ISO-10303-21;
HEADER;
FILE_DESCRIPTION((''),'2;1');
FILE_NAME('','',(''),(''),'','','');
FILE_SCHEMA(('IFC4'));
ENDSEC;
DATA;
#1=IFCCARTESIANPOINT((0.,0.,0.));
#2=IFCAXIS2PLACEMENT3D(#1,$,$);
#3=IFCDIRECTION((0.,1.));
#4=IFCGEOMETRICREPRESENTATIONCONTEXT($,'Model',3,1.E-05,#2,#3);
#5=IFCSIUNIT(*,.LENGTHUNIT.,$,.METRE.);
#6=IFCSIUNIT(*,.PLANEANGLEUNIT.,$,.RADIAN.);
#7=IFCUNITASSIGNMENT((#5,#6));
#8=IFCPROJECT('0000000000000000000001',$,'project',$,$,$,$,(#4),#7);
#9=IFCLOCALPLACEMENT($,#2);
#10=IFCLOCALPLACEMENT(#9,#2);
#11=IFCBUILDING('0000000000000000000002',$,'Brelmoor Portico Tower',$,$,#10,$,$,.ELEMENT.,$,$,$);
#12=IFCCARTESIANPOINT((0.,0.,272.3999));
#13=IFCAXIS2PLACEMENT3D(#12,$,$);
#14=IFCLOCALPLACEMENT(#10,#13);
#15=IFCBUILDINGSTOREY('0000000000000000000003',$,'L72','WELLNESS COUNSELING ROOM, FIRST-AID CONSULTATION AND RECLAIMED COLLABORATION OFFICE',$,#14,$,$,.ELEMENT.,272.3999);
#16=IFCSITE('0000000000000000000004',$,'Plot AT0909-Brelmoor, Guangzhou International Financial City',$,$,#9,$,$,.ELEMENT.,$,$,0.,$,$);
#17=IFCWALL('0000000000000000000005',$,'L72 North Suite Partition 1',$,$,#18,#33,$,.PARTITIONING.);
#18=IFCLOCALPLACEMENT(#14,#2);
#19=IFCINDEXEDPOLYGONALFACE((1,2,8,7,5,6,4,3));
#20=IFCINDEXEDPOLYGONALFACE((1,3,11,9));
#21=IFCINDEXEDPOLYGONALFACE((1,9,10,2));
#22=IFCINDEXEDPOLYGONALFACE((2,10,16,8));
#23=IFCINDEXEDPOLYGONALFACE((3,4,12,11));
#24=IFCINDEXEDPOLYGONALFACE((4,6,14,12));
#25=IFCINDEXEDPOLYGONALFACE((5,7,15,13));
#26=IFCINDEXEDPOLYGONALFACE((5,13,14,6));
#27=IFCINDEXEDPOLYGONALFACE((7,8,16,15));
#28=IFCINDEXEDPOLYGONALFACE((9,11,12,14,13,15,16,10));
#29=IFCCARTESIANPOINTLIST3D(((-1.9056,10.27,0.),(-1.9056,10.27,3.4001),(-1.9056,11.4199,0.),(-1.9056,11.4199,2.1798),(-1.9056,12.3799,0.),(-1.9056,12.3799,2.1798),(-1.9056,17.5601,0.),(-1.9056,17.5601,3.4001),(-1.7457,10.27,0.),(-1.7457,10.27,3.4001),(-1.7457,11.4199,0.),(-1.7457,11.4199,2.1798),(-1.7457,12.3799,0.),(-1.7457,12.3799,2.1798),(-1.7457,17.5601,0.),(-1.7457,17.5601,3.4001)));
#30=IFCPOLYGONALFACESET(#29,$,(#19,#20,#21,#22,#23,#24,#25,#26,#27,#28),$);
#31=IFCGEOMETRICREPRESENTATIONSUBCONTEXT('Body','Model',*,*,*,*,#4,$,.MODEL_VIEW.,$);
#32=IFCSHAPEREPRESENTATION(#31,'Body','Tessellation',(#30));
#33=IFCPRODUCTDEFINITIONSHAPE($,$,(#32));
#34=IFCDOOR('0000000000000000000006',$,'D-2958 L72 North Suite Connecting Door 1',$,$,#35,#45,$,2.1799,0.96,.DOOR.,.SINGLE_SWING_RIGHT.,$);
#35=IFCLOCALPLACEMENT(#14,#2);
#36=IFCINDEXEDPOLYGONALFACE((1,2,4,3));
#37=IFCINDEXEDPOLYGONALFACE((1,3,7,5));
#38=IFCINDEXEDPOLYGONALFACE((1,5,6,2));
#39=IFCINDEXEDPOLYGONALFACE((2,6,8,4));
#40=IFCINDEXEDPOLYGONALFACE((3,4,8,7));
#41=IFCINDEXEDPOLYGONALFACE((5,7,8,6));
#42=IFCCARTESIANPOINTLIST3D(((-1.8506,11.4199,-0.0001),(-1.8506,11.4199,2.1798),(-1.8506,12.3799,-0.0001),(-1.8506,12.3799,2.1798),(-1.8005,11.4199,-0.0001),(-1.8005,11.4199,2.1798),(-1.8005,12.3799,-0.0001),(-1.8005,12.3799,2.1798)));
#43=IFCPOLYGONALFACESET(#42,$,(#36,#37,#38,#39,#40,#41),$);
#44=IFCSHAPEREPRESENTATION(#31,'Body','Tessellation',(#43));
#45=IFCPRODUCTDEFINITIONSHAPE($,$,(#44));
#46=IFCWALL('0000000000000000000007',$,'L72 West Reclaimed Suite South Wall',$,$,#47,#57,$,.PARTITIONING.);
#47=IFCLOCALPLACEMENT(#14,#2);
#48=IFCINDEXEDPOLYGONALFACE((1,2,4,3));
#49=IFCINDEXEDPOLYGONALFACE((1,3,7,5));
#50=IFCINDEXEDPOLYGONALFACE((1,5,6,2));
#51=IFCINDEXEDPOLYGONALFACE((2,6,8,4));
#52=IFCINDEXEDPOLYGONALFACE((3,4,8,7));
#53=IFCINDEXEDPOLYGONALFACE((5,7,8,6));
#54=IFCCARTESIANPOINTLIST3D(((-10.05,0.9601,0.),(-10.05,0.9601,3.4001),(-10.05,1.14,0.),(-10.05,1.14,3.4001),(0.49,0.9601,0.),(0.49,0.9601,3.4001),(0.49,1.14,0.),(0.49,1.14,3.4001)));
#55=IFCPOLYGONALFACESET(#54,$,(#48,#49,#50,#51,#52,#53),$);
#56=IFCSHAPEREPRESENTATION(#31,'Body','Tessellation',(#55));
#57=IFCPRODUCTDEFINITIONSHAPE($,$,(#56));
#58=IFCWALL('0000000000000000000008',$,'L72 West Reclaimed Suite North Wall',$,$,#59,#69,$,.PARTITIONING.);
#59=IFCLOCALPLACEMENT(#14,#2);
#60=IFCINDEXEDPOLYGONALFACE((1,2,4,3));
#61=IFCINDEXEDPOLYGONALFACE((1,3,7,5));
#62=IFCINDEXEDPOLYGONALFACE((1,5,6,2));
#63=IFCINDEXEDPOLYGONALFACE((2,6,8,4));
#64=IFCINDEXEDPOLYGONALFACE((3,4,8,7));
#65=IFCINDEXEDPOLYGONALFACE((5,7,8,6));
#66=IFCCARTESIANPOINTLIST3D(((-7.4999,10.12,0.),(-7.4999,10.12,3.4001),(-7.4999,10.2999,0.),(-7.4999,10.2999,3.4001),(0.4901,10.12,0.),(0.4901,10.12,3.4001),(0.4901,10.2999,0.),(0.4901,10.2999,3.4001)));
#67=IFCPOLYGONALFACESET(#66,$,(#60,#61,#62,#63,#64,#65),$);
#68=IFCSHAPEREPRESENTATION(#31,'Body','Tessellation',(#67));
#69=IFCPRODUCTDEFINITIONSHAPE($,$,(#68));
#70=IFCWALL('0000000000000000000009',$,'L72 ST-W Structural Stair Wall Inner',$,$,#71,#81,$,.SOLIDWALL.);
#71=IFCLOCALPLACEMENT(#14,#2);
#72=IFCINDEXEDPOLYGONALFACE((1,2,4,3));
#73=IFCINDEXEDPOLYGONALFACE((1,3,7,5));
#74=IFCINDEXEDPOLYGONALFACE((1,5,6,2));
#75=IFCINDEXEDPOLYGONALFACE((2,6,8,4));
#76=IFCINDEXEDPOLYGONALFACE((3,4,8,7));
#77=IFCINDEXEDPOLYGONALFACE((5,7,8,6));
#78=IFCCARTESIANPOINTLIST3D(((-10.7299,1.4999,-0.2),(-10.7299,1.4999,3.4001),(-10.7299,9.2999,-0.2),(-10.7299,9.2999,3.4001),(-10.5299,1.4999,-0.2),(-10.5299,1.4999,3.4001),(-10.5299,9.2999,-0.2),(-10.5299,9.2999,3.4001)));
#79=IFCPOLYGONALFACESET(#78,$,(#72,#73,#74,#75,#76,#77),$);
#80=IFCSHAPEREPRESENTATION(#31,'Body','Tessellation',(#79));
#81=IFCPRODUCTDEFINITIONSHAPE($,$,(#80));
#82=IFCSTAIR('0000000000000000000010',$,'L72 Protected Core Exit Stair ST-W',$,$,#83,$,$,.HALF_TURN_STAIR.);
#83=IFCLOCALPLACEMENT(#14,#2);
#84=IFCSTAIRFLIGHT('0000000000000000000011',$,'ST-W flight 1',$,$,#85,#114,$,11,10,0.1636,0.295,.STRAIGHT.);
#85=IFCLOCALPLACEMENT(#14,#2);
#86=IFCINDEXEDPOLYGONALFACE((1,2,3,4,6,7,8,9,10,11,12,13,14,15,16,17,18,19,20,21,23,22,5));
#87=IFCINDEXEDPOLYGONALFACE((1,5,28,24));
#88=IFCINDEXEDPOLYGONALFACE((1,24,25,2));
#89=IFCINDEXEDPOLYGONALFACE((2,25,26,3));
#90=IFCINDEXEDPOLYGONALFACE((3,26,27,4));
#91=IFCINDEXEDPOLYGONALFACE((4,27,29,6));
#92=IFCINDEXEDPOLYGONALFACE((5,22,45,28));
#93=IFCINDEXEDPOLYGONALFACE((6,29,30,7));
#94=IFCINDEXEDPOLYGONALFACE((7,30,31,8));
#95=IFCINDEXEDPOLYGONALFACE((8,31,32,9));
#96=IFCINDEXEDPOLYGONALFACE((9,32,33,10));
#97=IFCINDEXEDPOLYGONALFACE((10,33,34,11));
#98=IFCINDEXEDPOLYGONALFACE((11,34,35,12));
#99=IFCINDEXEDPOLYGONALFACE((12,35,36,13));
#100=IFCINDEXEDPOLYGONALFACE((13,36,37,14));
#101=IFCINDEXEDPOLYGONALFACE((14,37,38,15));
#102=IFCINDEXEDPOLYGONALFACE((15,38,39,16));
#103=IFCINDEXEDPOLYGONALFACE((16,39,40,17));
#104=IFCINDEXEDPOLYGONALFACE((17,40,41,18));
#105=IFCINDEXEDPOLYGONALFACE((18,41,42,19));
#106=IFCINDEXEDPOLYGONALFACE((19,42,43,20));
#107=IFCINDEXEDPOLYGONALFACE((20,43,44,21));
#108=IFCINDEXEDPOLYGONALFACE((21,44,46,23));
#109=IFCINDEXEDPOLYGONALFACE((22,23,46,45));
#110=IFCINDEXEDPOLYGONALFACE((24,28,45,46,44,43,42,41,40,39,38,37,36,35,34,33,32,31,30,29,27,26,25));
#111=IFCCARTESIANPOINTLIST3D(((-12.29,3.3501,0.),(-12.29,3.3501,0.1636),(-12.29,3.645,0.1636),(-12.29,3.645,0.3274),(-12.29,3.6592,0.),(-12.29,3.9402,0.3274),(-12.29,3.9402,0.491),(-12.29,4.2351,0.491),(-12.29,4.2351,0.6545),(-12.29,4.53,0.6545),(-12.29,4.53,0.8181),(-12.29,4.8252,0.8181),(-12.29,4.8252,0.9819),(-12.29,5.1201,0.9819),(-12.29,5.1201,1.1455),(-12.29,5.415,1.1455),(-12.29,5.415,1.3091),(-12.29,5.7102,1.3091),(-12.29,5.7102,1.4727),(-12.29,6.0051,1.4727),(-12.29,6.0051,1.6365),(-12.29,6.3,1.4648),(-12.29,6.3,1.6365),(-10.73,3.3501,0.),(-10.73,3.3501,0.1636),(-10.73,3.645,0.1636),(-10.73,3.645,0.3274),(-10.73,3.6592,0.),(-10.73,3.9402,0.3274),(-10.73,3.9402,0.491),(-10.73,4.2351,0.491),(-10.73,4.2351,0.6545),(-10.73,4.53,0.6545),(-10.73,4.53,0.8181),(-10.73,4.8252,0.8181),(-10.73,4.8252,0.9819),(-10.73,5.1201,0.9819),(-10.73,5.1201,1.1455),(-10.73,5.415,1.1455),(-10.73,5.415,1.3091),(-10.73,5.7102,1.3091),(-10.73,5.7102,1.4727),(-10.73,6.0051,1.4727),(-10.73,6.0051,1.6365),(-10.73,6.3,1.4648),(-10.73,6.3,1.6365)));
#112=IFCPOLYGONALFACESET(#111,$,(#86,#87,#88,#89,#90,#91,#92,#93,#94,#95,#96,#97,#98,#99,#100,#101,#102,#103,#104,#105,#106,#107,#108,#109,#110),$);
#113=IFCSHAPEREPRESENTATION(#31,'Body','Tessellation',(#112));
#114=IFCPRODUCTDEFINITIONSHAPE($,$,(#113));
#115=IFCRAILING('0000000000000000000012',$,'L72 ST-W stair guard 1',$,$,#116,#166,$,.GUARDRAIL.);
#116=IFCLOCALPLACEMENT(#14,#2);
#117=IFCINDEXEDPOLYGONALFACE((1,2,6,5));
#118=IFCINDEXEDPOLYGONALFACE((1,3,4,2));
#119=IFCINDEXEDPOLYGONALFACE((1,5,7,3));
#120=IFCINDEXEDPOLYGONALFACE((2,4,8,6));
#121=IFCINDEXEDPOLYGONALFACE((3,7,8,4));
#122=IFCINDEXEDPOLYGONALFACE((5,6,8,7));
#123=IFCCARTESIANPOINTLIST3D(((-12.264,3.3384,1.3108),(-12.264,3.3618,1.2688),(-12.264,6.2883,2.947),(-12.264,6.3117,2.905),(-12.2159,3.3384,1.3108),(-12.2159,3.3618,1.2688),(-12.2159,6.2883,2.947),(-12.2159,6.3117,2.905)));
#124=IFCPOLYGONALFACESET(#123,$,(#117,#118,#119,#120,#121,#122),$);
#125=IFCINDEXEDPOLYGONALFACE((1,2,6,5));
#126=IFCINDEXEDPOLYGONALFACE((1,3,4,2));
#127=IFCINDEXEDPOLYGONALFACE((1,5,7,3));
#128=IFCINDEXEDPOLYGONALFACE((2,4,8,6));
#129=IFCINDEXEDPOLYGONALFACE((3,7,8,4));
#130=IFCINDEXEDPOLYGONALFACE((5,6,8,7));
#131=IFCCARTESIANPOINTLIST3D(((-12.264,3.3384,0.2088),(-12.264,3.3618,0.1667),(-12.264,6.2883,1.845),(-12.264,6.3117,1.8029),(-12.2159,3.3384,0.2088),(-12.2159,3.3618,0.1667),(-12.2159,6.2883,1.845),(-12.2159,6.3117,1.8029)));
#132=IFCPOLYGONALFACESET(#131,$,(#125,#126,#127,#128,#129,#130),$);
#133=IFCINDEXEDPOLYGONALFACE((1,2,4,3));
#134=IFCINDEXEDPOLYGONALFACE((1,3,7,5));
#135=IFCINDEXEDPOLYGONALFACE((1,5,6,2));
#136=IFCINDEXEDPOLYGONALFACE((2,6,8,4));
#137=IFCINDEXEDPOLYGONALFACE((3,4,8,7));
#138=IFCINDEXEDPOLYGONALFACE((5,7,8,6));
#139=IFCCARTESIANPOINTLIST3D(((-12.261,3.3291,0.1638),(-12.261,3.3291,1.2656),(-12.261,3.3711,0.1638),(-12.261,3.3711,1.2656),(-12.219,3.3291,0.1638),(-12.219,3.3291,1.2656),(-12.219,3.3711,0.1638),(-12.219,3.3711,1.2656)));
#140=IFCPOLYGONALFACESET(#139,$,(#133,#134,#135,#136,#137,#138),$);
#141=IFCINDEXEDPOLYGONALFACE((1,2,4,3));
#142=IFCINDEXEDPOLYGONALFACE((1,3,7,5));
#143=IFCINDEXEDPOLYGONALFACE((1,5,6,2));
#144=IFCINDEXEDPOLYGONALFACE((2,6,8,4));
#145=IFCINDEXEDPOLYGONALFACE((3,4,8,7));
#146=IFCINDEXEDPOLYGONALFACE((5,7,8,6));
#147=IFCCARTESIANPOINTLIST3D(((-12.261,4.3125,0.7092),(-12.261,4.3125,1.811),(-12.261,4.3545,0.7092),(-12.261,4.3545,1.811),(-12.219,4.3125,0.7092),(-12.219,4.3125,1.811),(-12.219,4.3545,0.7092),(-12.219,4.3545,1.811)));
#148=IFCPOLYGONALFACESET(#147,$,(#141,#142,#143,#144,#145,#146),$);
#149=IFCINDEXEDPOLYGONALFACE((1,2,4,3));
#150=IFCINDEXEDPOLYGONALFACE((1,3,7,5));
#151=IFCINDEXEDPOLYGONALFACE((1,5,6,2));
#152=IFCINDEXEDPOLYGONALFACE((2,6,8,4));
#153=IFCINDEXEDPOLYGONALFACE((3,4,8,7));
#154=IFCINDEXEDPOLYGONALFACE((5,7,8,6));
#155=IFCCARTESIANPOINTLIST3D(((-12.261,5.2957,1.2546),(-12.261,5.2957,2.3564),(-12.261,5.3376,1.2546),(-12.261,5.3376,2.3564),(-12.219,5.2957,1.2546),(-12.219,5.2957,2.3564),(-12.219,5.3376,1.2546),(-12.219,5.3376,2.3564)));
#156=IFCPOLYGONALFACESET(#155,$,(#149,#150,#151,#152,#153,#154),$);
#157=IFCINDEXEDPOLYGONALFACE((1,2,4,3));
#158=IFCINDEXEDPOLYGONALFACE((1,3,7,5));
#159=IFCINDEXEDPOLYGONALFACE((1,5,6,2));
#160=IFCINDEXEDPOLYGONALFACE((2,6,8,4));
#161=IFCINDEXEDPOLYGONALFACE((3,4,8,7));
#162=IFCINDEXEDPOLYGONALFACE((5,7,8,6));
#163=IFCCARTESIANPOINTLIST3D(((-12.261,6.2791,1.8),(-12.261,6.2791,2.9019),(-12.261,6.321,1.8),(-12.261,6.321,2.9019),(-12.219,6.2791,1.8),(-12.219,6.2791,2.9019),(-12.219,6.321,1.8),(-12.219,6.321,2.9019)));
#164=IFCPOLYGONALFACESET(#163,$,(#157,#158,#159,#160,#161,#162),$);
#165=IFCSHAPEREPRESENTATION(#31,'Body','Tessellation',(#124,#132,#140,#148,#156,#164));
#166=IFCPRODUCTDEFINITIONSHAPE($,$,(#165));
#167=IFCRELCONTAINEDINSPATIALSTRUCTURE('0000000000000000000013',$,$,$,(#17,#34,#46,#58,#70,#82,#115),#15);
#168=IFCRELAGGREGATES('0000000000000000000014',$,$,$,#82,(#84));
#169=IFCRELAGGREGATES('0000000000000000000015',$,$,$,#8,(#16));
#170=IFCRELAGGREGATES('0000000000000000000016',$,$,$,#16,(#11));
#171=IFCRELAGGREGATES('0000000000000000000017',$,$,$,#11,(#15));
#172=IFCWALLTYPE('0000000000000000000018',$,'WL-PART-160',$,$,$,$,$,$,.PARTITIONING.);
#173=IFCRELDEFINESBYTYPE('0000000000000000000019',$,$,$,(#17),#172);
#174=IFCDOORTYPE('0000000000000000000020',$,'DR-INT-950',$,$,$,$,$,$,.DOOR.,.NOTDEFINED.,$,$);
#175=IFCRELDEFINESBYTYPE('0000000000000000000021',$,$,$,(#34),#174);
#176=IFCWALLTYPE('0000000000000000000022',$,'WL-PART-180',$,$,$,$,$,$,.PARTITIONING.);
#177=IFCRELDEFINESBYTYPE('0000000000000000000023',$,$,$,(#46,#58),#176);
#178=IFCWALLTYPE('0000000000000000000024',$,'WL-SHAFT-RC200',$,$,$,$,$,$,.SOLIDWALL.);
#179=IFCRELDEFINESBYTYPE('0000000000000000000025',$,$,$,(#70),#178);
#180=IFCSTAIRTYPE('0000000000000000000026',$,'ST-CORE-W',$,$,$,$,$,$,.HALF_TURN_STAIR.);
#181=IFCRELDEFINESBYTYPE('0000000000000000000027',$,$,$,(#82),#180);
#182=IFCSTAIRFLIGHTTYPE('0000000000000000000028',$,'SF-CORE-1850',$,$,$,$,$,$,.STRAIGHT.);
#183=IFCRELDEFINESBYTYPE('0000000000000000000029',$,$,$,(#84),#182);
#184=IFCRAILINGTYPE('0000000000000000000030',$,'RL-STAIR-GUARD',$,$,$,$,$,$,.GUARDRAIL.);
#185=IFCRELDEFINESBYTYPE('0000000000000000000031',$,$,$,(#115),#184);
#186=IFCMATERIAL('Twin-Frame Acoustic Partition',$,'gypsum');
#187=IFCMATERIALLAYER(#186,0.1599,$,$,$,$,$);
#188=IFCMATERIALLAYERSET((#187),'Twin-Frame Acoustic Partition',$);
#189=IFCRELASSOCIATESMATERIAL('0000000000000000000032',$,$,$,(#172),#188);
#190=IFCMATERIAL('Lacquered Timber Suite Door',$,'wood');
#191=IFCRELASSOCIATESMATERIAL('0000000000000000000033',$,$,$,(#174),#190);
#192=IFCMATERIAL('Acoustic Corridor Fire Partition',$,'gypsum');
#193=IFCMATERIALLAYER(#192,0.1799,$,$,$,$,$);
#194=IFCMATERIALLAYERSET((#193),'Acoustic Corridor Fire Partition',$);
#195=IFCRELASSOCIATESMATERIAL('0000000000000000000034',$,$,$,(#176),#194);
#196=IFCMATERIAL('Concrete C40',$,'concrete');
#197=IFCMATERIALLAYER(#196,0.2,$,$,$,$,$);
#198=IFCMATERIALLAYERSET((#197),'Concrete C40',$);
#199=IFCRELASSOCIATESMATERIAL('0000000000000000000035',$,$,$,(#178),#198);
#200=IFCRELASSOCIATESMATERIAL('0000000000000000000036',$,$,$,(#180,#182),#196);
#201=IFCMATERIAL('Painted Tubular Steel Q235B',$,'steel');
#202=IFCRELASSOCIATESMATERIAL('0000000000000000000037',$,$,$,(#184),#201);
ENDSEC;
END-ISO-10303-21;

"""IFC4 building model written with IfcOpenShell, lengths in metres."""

from ifc_helpers import new_model, si_unit, direction, frame, frame_2d, origin, origin_2d, place, context, subcontext, project, spatial, polyline, rectangle, outline, extrude, material, layer, layer_set, type_object, element, fill, aggregate, save


model = new_model("IFC4")

# Units and contexts
model_context = context("Model", 3, precision=1e-05, world=origin(), true_north=direction((0.0, 1.0)))
body_context = subcontext(model_context, "Body", "Model", "MODEL_VIEW")
ifc_project = project(units=[si_unit("LENGTHUNIT", "METRE"), si_unit("PLANEANGLEUNIT", "RADIAN")], contexts=[model_context])

# Site, building, storey
site_placement = place(None, origin())
site = spatial("IfcSite", under=ifc_project, at=site_placement, Name="Plot AT0909-Brelmoor, Guangzhou International Financial City", CompositionType="ELEMENT", RefElevation=0.0)
building_placement = place(site_placement, origin())
building = spatial("IfcBuilding", under=site, at=building_placement, Name="Brelmoor Portico Tower", CompositionType="ELEMENT")
storey_placement = place(building_placement, frame((0.0, 0.0, 272.3999)))
storey = spatial("IfcBuildingStorey", under=building, at=storey_placement, Name="L72", Description="WELLNESS COUNSELING ROOM, FIRST-AID CONSULTATION AND RECLAIMED COLLABORATION OFFICE", CompositionType="ELEMENT", Elevation=272.3999)

# Shared definitions
ifc_material_1 = material(Name="Concrete C40", Category="concrete")

# Wall, opening, door
ifc_material_2 = material(Name="Twin-Frame Acoustic Partition", Category="gypsum")
ifc_layer_1 = layer(ifc_material_2, 0.1599)
ifc_layer_set_1 = layer_set([ifc_layer_1], Name="Twin-Frame Acoustic Partition")
wall_type_1 = type_object("IfcWallType", Name="WL-PART-160", PredefinedType="PARTITIONING", material=ifc_layer_set_1)
wall_1_placement = place(storey_placement, frame((-1.8257, 10.27, 0.0), z_axis=(0.0, 0.0, 1.0), x_axis=(0.0, 1.0, 0.0)))
wall_1 = element("IfcWall", 1, at=wall_1_placement, inside=storey, type_object=wall_type_1, Name="L72 North Suite Partition 1", PredefinedType="PARTITIONING", context=body_context, shape_type="SweptSolid", body=[
    extrude(rectangle(XDim=7.29, YDim=0.1599, at=frame_2d((3.645, 0.0))), origin(), (0.0, 0.0, 1.0), 3.4001),
])
opening_placement = place(wall_1_placement, frame((1.1499, 0.0, 0.0)))
opening = element("IfcOpeningElement", 2, at=opening_placement, cuts=wall_1, PredefinedType="OPENING", context=body_context, shape_type="SweptSolid", body=[
    extrude(rectangle(XDim=0.96, YDim=2.1799, at=frame_2d((0.48, 1.0898))), frame((0.0, 0.0898, 0.0), z_axis=(0.0, -1.0, 0.0), x_axis=(1.0, 0.0, 0.0)), (0.0, 0.0, 1.0), 0.1799),
])
ifc_material_3 = material(Name="Lacquered Timber Suite Door", Category="wood")
door_type = type_object("IfcDoorType", Name="DR-INT-950", OperationType="NOTDEFINED", PredefinedType="DOOR", material=ifc_material_3)
door_placement = place(opening_placement, origin())
door = element("IfcDoor", 3, at=door_placement, inside=storey, type_object=door_type, Name="D-2958 L72 North Suite Connecting Door 1", OperationType="SINGLE_SWING_RIGHT", OverallHeight=2.1799, OverallWidth=0.96, PredefinedType="DOOR", context=body_context, shape_type="SweptSolid", body=[
    extrude(rectangle(XDim=0.96, YDim=2.1799, at=frame_2d((0.48, 1.0898))), frame((0.0, 0.0249, 0.0), z_axis=(0.0, -1.0, 0.0), x_axis=(1.0, 0.0, 0.0)), (0.0, 0.0, 1.0), 0.05),
])
fill(opening, door)

# Walls
ifc_material_4 = material(Name="Acoustic Corridor Fire Partition", Category="gypsum")
ifc_layer_2 = layer(ifc_material_4, 0.1799)
ifc_layer_set_2 = layer_set([ifc_layer_2], Name="Acoustic Corridor Fire Partition")
wall_type_2 = type_object("IfcWallType", Name="WL-PART-180", PredefinedType="PARTITIONING", material=ifc_layer_set_2)
wall_2_placement = place(storey_placement, frame((-10.05, 1.05, 0.0), z_axis=(0.0, 0.0, 1.0), x_axis=(1.0, 0.0, 0.0)))
element("IfcWall", 4, at=wall_2_placement, inside=storey, type_object=wall_type_2, Name="L72 West Reclaimed Suite South Wall", PredefinedType="PARTITIONING", context=body_context, shape_type="SweptSolid", body=[
    extrude(rectangle(XDim=10.54, YDim=0.1799, at=frame_2d((5.27, 0.0))), origin(), (0.0, 0.0, 1.0), 3.4001),
])
wall_3_placement = place(storey_placement, frame((-7.5, 10.21, 0.0), z_axis=(0.0, 0.0, 1.0), x_axis=(1.0, 0.0, 0.0)))
element("IfcWall", 5, at=wall_3_placement, inside=storey, type_object=wall_type_2, Name="L72 West Reclaimed Suite North Wall", PredefinedType="PARTITIONING", context=body_context, shape_type="SweptSolid", body=[
    extrude(rectangle(XDim=7.99, YDim=0.1799, at=frame_2d((3.9951, 0.0))), origin(), (0.0, 0.0, 1.0), 3.4001),
])
ifc_layer_3 = layer(ifc_material_1, 0.2)
ifc_layer_set_3 = layer_set([ifc_layer_3], Name="Concrete C40")
wall_type_3 = type_object("IfcWallType", Name="WL-SHAFT-RC200", PredefinedType="SOLIDWALL", material=ifc_layer_set_3)
wall_4_placement = place(storey_placement, frame((-10.6299, 1.5, -0.2), z_axis=(0.0, 0.0, 1.0), x_axis=(0.0, 1.0, 0.0)))
element("IfcWall", 6, at=wall_4_placement, inside=storey, type_object=wall_type_3, Name="L72 ST-W Structural Stair Wall Inner", PredefinedType="SOLIDWALL", context=body_context, shape_type="SweptSolid", body=[
    extrude(rectangle(XDim=7.8, YDim=0.2, at=frame_2d((3.8999, 0.0))), origin(), (0.0, 0.0, 1.0), 3.6001),
])

# Stair, stair flight
stair_type = type_object("IfcStairType", Name="ST-CORE-W", PredefinedType="HALF_TURN_STAIR", material=ifc_material_1)
stair_placement = place(storey_placement, origin())
stair = element("IfcStair", 7, at=stair_placement, inside=storey, type_object=stair_type, Name="L72 Protected Core Exit Stair ST-W", PredefinedType="HALF_TURN_STAIR")
stair_flight_type = type_object("IfcStairFlightType", Name="SF-CORE-1850", PredefinedType="STRAIGHT", material=ifc_material_1)
stair_flight_placement = place(storey_placement, frame((-11.51, 3.3501, 0.0), z_axis=(0.0, 0.0, 1.0), x_axis=(0.0, 1.0, 0.0)))
stair_flight = element("IfcStairFlight", 8, at=stair_flight_placement, type_object=stair_flight_type, Name="ST-W flight 1", NumberOfRisers=11, NumberOfTreads=10, PredefinedType="STRAIGHT", RiserHeight=0.1636, TreadLength=0.295, context=body_context, shape_type="SweptSolid", body=[
    extrude(outline(polyline([(0.0, 0.0), (0.0, 0.1636), (0.2949, 0.1636), (0.2949, 0.3274), (0.5901, 0.3274), (0.5901, 0.491), (0.885, 0.491), (0.885, 0.6545), (1.1799, 0.6545), (1.1799, 0.8181), (1.4751, 0.8181), (1.4751, 0.9819), (1.77, 0.9819), (1.77, 1.1455), (2.0649, 1.1455), (2.0649, 1.3091), (2.3601, 1.3091), (2.3601, 1.4727), (2.655, 1.4727), (2.655, 1.6365), (2.95, 1.6365), (2.95, 1.8), (2.95, 1.4648), (0.3091, 0.0), (0.0, 0.0)])), frame((0.0, 0.78, 0.0), z_axis=(0.0, -1.0, 0.0), x_axis=(1.0, 0.0, 0.0)), (0.0, 0.0, 1.0), 1.5601),
])
aggregate(stair, [stair_flight])

# Railing
ifc_material_5 = material(Name="Painted Tubular Steel Q235B", Category="steel")
railing_type_1 = type_object("IfcRailingType", Name="RL-STAIR-GUARD", PredefinedType="GUARDRAIL", material=ifc_material_5)
railing_1_placement = place(storey_placement, frame((-12.24, 3.3501, 0.1638)))
element("IfcRailing", 9, at=railing_1_placement, inside=storey, type_object=railing_type_1, Name="L72 ST-W stair guard 1", PredefinedType="GUARDRAIL", context=body_context, shape_type="SweptSolid", body=[
    extrude(rectangle(XDim=0.0481, YDim=0.0481, at=origin_2d()), frame((0.0, 0.0, 1.126), z_axis=(0.0, 0.874488, 0.485047), x_axis=(-1.0, 0.0, 0.0)), (0.0, 0.0, 1.0), 3.3733),
    extrude(rectangle(XDim=0.0481, YDim=0.0481, at=origin_2d()), frame((0.0, 0.0, 0.0239), z_axis=(0.0, 0.874488, 0.485047), x_axis=(-1.0, 0.0, 0.0)), (0.0, 0.0, 1.0), 3.3733),
    extrude(rectangle(XDim=0.042, YDim=0.042, at=origin_2d()), origin(), (0.0, 0.0, 1.0), 1.1018),
    extrude(rectangle(XDim=0.042, YDim=0.042, at=origin_2d()), frame((0.0, 0.9834, 0.5454)), (0.0, 0.0, 1.0), 1.1018),
    extrude(rectangle(XDim=0.042, YDim=0.042, at=origin_2d()), frame((0.0, 1.9666, 1.0908)), (0.0, 0.0, 1.0), 1.1018),
    extrude(rectangle(XDim=0.042, YDim=0.042, at=origin_2d()), frame((0.0, 2.95, 1.6362)), (0.0, 0.0, 1.0), 1.1018),
])

save(model, "model.ifc")
